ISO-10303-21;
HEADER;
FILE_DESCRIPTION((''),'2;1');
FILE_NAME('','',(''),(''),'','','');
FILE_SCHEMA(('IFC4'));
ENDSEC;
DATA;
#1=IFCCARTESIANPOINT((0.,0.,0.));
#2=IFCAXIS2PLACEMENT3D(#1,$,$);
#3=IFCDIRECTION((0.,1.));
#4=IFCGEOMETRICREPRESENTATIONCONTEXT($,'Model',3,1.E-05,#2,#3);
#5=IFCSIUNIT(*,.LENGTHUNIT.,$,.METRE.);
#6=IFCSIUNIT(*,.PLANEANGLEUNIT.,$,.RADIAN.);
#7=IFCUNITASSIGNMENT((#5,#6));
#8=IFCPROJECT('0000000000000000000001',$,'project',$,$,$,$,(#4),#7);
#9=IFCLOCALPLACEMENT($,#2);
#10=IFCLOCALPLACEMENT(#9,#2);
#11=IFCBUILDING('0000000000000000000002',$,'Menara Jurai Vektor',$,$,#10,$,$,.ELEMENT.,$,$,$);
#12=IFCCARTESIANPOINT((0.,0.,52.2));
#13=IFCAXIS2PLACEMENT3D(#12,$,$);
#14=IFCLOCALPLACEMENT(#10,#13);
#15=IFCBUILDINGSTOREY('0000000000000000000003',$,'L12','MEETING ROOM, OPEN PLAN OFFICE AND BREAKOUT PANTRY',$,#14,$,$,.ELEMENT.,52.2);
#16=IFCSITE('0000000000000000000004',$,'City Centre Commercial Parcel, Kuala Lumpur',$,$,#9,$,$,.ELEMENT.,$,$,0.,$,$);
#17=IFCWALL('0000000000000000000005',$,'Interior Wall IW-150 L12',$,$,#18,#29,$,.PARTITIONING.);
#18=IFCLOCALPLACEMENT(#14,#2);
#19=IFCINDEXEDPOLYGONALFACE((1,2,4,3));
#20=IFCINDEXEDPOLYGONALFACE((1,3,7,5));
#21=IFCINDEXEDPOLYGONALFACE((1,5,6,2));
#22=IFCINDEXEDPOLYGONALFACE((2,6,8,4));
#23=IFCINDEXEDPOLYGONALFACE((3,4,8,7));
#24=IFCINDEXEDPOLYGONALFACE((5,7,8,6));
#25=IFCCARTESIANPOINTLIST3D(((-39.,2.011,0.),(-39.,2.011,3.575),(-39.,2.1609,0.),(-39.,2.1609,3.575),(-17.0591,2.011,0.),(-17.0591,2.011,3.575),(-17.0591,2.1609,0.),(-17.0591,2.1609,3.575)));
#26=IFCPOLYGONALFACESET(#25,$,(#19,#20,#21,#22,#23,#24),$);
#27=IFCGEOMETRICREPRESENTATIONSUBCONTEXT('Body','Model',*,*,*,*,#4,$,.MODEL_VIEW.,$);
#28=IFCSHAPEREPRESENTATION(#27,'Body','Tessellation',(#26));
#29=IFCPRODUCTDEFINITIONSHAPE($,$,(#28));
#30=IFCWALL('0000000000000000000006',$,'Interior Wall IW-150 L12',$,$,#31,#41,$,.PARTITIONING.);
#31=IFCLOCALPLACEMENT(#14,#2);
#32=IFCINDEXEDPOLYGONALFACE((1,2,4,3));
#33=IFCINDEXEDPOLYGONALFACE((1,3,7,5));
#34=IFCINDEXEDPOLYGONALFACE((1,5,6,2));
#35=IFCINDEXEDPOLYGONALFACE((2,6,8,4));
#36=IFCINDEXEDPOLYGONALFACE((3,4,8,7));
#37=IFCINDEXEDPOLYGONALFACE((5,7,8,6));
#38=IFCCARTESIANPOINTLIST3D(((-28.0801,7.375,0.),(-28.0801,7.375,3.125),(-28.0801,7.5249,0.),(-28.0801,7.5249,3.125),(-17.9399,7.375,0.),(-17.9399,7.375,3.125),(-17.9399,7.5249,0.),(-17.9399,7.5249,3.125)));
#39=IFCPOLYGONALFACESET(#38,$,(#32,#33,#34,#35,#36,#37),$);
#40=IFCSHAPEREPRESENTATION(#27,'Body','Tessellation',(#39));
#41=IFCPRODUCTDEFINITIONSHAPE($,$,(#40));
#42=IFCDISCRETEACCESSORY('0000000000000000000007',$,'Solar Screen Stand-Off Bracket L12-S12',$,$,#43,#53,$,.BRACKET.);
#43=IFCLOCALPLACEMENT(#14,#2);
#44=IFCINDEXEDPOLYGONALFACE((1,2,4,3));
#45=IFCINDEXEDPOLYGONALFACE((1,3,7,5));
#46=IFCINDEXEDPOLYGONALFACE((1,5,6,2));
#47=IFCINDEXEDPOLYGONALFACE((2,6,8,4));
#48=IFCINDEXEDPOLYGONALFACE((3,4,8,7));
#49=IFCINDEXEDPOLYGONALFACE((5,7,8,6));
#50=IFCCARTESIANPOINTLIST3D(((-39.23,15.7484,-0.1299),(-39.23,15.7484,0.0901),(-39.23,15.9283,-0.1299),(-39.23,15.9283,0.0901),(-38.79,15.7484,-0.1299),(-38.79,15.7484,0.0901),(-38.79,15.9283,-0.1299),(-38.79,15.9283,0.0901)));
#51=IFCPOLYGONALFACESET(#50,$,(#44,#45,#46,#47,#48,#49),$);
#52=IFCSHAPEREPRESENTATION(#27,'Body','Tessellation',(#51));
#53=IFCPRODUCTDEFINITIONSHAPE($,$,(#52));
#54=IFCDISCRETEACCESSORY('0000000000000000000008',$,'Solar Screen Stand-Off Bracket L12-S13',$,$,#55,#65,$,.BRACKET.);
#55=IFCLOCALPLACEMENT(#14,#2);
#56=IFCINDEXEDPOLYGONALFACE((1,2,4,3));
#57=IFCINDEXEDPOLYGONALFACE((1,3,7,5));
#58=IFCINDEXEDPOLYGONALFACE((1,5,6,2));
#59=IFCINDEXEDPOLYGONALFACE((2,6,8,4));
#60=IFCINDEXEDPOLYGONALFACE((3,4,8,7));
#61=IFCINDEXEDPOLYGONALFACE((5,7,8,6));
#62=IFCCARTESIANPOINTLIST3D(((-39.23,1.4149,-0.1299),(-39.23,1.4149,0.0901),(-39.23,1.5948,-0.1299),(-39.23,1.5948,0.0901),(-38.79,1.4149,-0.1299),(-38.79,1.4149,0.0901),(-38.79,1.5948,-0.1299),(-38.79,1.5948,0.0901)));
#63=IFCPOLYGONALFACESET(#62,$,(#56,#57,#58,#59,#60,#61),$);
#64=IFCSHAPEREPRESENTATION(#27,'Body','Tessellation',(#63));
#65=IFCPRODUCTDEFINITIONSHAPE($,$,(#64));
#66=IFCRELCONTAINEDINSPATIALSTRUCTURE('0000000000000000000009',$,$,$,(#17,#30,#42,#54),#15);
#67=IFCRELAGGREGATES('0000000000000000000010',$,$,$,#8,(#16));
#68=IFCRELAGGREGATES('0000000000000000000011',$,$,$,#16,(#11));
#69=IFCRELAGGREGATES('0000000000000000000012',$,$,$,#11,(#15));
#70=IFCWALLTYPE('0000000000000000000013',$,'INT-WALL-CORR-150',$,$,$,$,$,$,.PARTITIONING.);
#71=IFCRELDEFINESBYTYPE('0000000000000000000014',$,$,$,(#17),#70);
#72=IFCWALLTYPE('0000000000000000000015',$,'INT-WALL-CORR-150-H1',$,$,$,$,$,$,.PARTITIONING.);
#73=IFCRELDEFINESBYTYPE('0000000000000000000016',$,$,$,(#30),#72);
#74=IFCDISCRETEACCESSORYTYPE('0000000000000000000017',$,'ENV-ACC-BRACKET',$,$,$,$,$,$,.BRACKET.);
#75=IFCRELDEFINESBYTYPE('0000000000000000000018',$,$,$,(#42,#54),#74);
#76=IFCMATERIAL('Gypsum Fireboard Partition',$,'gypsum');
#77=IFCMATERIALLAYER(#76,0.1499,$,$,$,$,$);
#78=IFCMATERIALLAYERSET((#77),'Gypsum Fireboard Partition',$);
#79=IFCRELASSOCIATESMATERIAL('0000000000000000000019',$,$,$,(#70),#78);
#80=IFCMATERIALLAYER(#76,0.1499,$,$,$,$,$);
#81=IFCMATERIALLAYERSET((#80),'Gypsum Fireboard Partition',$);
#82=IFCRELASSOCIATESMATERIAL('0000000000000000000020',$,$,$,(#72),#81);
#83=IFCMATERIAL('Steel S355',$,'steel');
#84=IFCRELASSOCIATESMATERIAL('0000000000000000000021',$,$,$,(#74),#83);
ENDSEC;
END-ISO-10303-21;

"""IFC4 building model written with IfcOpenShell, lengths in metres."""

from ifc_helpers import new_model, si_unit, direction, frame, frame_2d, origin, origin_2d, place, context, subcontext, project, spatial, rectangle, extrude, material, layer, layer_set, type_object, element, save


model = new_model("IFC4")

# Units and contexts
model_context = context("Model", 3, precision=1e-05, world=origin(), true_north=direction((0.0, 1.0)))
body_context = subcontext(model_context, "Body", "Model", "MODEL_VIEW")
ifc_project = project(units=[si_unit("LENGTHUNIT", "METRE"), si_unit("PLANEANGLEUNIT", "RADIAN")], contexts=[model_context])

# Site, building, storey
site_placement = place(None, origin())
site = spatial("IfcSite", under=ifc_project, at=site_placement, Name="City Centre Commercial Parcel, Kuala Lumpur", CompositionType="ELEMENT", RefElevation=0.0)
building_placement = place(site_placement, origin())
building = spatial("IfcBuilding", under=site, at=building_placement, Name="Menara Jurai Vektor", CompositionType="ELEMENT")
storey_placement = place(building_placement, frame((0.0, 0.0, 52.2)))
storey = spatial("IfcBuildingStorey", under=building, at=storey_placement, Name="L12", Description="MEETING ROOM, OPEN PLAN OFFICE AND BREAKOUT PANTRY", CompositionType="ELEMENT", Elevation=52.2)

# Shared definitions
ifc_material_1 = material(Name="Steel S355", Category="steel")

# Shared definitions
ifc_material_2 = material(Name="Gypsum Fireboard Partition", Category="gypsum")
ifc_layer_1 = layer(ifc_material_2, 0.1499)
ifc_layer_set_1 = layer_set([ifc_layer_1], Name="Gypsum Fireboard Partition")
wall_type_1 = type_object("IfcWallType", Name="INT-WALL-CORR-150", PredefinedType="PARTITIONING", material=ifc_layer_set_1)

# Walls
wall_1_placement = place(storey_placement, frame((-39.0, 2.0859, 0.0), z_axis=(0.0, 0.0, 1.0), x_axis=(1.0, 0.0, 0.0)))
element("IfcWall", 1, at=wall_1_placement, inside=storey, type_object=wall_type_1, Name="Interior Wall IW-150 L12", PredefinedType="PARTITIONING", context=body_context, shape_type="SweptSolid", body=[
    extrude(rectangle(XDim=21.9409, YDim=0.1499, at=frame_2d((10.9705, 0.0))), origin(), (0.0, 0.0, 1.0), 3.575),
])
ifc_layer_2 = layer(ifc_material_2, 0.1499)
ifc_layer_set_2 = layer_set([ifc_layer_2], Name="Gypsum Fireboard Partition")
wall_type_2 = type_object("IfcWallType", Name="INT-WALL-CORR-150-H1", PredefinedType="PARTITIONING", material=ifc_layer_set_2)
wall_2_placement = place(storey_placement, frame((-28.0801, 7.45, 0.0), z_axis=(0.0, 0.0, 1.0), x_axis=(1.0, 0.0, 0.0)))
element("IfcWall", 2, at=wall_2_placement, inside=storey, type_object=wall_type_2, Name="Interior Wall IW-150 L12", PredefinedType="PARTITIONING", context=body_context, shape_type="SweptSolid", body=[
    extrude(rectangle(XDim=10.1401, YDim=0.1499, at=frame_2d((5.0701, 0.0))), origin(), (0.0, 0.0, 1.0), 3.125),
])

# Discrete accessories
discrete_accessory_type = type_object("IfcDiscreteAccessoryType", Name="ENV-ACC-BRACKET", PredefinedType="BRACKET", material=ifc_material_1)
for number, where, z_axis, x_axis, name in (
    (3, (-39.01, 15.8384, -0.1299), (0.0, 0.0, 1.0), (0.0, -1.0, 0.0), "Solar Screen Stand-Off Bracket L12-S12"),
    (4, (-39.01, 1.5049, -0.1299), (0.0, 0.0, 1.0), (0.0, -1.0, 0.0), "Solar Screen Stand-Off Bracket L12-S13"),
):
    element("IfcDiscreteAccessory", number, at=place(storey_placement, frame(where, z_axis=z_axis, x_axis=x_axis)), inside=storey, type_object=discrete_accessory_type, Name=name, PredefinedType="BRACKET", context=body_context, shape_type="SweptSolid", body=[
        extrude(rectangle(XDim=0.1799, YDim=0.4399, at=origin_2d()), origin(), (0.0, 0.0, 1.0), 0.22),
    ])

save(model, "model.ifc")
